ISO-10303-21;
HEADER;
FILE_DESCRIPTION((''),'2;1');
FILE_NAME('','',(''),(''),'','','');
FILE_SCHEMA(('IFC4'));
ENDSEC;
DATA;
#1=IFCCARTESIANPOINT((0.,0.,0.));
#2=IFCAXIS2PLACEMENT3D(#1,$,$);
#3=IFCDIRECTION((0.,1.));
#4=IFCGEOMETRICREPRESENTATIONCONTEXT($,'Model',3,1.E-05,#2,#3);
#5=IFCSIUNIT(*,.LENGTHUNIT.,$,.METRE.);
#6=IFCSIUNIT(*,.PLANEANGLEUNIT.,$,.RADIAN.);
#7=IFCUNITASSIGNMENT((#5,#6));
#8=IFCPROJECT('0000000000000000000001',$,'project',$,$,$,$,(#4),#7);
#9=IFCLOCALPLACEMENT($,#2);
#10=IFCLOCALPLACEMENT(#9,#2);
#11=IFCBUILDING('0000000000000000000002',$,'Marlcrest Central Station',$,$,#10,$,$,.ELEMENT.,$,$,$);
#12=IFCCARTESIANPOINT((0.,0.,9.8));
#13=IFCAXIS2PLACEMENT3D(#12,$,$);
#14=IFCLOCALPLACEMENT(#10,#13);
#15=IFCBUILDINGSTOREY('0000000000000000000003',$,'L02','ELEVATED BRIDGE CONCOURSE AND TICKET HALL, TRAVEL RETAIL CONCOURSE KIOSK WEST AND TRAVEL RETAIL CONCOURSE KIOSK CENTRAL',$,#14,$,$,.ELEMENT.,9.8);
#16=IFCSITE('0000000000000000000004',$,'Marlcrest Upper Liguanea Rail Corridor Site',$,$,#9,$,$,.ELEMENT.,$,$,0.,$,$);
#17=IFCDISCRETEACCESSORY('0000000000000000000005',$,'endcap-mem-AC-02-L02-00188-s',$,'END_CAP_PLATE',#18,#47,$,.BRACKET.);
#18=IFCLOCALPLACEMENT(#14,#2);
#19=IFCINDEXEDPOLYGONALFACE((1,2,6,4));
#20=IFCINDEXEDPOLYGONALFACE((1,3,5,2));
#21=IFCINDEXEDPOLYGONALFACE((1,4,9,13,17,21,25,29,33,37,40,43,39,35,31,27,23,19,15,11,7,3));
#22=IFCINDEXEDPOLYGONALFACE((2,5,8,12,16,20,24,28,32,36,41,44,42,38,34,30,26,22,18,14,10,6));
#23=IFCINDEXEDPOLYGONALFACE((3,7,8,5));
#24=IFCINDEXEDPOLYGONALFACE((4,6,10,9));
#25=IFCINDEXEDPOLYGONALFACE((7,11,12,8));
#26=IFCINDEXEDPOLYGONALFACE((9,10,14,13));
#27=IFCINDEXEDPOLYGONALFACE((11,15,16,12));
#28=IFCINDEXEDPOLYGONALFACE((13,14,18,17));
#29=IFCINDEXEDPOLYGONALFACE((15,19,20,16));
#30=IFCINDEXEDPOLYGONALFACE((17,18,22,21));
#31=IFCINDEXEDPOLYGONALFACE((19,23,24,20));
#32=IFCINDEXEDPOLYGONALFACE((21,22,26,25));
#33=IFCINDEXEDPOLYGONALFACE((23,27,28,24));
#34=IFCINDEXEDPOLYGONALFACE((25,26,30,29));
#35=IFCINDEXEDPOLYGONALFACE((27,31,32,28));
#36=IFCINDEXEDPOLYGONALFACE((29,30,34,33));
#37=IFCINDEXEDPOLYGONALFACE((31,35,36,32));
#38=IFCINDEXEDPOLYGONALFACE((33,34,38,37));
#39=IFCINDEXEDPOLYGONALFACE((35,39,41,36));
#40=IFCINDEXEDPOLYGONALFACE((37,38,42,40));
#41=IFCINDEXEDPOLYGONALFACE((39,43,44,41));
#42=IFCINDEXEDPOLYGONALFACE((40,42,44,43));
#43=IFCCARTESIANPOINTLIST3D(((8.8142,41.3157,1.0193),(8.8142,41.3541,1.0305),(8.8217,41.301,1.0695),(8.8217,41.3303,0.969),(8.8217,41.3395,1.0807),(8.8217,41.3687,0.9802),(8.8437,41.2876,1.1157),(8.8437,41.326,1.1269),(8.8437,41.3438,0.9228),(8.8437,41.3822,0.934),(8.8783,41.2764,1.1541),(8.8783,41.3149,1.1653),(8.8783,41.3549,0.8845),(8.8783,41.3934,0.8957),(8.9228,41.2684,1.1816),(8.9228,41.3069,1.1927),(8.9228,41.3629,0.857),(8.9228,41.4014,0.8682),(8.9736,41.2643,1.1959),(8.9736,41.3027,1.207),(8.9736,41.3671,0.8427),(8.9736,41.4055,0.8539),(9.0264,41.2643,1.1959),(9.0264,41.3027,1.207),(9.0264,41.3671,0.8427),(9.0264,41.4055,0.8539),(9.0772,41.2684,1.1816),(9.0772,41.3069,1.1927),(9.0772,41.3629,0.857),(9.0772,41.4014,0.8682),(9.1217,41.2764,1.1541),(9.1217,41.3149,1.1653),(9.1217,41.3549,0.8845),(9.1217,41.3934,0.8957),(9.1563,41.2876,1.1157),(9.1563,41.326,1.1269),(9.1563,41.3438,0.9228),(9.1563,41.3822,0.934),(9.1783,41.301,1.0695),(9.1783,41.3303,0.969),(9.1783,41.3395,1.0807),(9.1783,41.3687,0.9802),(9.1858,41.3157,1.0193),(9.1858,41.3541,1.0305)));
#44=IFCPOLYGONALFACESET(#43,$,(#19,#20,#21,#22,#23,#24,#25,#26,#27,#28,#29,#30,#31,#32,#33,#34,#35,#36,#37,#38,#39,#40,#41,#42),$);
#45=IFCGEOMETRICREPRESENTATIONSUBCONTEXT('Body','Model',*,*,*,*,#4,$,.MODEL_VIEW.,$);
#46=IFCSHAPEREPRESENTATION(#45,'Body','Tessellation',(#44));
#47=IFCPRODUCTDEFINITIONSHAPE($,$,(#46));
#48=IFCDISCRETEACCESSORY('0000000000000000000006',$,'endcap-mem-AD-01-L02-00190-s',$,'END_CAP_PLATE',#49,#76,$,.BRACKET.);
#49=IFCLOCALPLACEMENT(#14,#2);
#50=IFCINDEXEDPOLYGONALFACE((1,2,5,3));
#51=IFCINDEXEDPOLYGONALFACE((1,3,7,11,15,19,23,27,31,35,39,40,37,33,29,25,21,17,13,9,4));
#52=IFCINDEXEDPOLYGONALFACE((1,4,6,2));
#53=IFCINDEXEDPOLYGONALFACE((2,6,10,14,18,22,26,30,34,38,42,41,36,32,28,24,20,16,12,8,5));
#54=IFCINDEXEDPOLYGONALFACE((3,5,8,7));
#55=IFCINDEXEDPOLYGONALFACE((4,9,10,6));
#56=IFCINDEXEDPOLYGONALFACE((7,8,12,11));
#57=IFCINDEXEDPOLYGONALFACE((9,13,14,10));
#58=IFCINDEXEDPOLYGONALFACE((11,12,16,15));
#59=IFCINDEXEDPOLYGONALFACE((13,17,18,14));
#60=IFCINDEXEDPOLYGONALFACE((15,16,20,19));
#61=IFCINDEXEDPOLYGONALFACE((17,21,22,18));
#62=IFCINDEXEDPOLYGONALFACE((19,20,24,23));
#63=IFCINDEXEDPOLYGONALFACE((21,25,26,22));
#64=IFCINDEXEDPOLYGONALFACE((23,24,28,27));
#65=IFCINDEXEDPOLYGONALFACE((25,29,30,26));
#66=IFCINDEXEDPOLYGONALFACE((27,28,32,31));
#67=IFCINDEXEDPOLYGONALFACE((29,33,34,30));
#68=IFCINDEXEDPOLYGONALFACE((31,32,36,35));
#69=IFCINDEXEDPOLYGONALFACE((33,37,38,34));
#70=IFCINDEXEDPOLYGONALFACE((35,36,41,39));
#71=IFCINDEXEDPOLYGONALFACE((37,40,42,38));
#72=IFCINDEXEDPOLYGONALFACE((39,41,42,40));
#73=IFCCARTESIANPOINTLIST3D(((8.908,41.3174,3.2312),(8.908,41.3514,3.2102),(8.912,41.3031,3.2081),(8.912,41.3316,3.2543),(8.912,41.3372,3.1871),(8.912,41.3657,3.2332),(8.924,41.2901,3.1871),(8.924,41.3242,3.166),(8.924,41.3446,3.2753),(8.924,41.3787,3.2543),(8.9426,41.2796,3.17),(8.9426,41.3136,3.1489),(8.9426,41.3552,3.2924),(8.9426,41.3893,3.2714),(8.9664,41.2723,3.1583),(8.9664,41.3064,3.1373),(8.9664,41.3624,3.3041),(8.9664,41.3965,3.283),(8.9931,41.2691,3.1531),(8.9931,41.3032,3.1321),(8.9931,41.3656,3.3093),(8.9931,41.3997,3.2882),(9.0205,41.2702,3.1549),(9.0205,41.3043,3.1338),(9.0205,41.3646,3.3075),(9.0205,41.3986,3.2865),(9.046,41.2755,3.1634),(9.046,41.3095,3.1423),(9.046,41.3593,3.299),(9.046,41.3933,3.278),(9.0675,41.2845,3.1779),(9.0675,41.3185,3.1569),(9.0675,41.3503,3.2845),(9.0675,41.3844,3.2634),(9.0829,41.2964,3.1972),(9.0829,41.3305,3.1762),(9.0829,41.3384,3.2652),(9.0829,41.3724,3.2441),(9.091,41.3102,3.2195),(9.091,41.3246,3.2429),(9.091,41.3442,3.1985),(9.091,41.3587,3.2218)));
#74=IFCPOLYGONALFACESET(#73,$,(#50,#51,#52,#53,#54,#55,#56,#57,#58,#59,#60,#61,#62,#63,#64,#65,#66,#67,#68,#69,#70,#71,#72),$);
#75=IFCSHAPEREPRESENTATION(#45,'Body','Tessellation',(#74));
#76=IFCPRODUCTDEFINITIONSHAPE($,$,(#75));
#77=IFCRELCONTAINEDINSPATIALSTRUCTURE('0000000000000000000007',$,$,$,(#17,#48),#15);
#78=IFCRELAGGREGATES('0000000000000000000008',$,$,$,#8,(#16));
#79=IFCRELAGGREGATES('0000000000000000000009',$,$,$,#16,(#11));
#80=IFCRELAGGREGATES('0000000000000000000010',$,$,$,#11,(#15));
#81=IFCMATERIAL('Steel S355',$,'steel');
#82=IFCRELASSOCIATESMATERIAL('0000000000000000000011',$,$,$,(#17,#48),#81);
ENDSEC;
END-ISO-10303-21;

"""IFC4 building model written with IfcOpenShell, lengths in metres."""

from ifc_helpers import new_model, si_unit, direction, frame, origin, origin_2d, place, context, subcontext, project, spatial, circle, extrude, material, element, save


model = new_model("IFC4")

# Units and contexts
model_context = context("Model", 3, precision=1e-05, world=origin(), true_north=direction((0.0, 1.0)))
body_context = subcontext(model_context, "Body", "Model", "MODEL_VIEW")
ifc_project = project(units=[si_unit("LENGTHUNIT", "METRE"), si_unit("PLANEANGLEUNIT", "RADIAN")], contexts=[model_context])

# Site, building, storey
site_placement = place(None, origin())
site = spatial("IfcSite", under=ifc_project, at=site_placement, Name="Marlcrest Upper Liguanea Rail Corridor Site", CompositionType="ELEMENT", RefElevation=0.0)
building_placement = place(site_placement, origin())
building = spatial("IfcBuilding", under=site, at=building_placement, Name="Marlcrest Central Station", CompositionType="ELEMENT")
storey_placement = place(building_placement, frame((0.0, 0.0, 9.8)))
storey = spatial("IfcBuildingStorey", under=building, at=storey_placement, Name="L02", Description="ELEVATED BRIDGE CONCOURSE AND TICKET HALL, TRAVEL RETAIL CONCOURSE KIOSK WEST AND TRAVEL RETAIL CONCOURSE KIOSK CENTRAL", CompositionType="ELEMENT", Elevation=9.8)

# Shared definitions
ifc_material_1 = material(Name="Steel S355", Category="steel")

# Discrete accessories
discrete_accessory_1_placement = place(storey_placement, frame((9.0, 41.3157, 1.0193), z_axis=(0.0, 0.96013, 0.279554), x_axis=(-1.0, 0.0, 0.0)))
element("IfcDiscreteAccessory", 1, at=discrete_accessory_1_placement, inside=storey, material=ifc_material_1, Name="endcap-mem-AC-02-L02-00188-s", ObjectType="END_CAP_PLATE", PredefinedType="BRACKET", context=body_context, shape_type="SweptSolid", body=[
    extrude(circle(Radius=0.1858, at=origin_2d()), origin(), (0.0, 0.0, 1.0), 0.04),
])
discrete_accessory_2_placement = place(storey_placement, frame((9.0, 41.3174, 3.2312), z_axis=(0.0, 0.850687, -0.525672), x_axis=(-1.0, 0.0, 0.0)))
element("IfcDiscreteAccessory", 2, at=discrete_accessory_2_placement, inside=storey, material=ifc_material_1, Name="endcap-mem-AD-01-L02-00190-s", ObjectType="END_CAP_PLATE", PredefinedType="BRACKET", context=body_context, shape_type="SweptSolid", body=[
    extrude(circle(Radius=0.092, at=origin_2d()), origin(), (0.0, 0.0, 1.0), 0.04),
])

save(model, "model.ifc")
